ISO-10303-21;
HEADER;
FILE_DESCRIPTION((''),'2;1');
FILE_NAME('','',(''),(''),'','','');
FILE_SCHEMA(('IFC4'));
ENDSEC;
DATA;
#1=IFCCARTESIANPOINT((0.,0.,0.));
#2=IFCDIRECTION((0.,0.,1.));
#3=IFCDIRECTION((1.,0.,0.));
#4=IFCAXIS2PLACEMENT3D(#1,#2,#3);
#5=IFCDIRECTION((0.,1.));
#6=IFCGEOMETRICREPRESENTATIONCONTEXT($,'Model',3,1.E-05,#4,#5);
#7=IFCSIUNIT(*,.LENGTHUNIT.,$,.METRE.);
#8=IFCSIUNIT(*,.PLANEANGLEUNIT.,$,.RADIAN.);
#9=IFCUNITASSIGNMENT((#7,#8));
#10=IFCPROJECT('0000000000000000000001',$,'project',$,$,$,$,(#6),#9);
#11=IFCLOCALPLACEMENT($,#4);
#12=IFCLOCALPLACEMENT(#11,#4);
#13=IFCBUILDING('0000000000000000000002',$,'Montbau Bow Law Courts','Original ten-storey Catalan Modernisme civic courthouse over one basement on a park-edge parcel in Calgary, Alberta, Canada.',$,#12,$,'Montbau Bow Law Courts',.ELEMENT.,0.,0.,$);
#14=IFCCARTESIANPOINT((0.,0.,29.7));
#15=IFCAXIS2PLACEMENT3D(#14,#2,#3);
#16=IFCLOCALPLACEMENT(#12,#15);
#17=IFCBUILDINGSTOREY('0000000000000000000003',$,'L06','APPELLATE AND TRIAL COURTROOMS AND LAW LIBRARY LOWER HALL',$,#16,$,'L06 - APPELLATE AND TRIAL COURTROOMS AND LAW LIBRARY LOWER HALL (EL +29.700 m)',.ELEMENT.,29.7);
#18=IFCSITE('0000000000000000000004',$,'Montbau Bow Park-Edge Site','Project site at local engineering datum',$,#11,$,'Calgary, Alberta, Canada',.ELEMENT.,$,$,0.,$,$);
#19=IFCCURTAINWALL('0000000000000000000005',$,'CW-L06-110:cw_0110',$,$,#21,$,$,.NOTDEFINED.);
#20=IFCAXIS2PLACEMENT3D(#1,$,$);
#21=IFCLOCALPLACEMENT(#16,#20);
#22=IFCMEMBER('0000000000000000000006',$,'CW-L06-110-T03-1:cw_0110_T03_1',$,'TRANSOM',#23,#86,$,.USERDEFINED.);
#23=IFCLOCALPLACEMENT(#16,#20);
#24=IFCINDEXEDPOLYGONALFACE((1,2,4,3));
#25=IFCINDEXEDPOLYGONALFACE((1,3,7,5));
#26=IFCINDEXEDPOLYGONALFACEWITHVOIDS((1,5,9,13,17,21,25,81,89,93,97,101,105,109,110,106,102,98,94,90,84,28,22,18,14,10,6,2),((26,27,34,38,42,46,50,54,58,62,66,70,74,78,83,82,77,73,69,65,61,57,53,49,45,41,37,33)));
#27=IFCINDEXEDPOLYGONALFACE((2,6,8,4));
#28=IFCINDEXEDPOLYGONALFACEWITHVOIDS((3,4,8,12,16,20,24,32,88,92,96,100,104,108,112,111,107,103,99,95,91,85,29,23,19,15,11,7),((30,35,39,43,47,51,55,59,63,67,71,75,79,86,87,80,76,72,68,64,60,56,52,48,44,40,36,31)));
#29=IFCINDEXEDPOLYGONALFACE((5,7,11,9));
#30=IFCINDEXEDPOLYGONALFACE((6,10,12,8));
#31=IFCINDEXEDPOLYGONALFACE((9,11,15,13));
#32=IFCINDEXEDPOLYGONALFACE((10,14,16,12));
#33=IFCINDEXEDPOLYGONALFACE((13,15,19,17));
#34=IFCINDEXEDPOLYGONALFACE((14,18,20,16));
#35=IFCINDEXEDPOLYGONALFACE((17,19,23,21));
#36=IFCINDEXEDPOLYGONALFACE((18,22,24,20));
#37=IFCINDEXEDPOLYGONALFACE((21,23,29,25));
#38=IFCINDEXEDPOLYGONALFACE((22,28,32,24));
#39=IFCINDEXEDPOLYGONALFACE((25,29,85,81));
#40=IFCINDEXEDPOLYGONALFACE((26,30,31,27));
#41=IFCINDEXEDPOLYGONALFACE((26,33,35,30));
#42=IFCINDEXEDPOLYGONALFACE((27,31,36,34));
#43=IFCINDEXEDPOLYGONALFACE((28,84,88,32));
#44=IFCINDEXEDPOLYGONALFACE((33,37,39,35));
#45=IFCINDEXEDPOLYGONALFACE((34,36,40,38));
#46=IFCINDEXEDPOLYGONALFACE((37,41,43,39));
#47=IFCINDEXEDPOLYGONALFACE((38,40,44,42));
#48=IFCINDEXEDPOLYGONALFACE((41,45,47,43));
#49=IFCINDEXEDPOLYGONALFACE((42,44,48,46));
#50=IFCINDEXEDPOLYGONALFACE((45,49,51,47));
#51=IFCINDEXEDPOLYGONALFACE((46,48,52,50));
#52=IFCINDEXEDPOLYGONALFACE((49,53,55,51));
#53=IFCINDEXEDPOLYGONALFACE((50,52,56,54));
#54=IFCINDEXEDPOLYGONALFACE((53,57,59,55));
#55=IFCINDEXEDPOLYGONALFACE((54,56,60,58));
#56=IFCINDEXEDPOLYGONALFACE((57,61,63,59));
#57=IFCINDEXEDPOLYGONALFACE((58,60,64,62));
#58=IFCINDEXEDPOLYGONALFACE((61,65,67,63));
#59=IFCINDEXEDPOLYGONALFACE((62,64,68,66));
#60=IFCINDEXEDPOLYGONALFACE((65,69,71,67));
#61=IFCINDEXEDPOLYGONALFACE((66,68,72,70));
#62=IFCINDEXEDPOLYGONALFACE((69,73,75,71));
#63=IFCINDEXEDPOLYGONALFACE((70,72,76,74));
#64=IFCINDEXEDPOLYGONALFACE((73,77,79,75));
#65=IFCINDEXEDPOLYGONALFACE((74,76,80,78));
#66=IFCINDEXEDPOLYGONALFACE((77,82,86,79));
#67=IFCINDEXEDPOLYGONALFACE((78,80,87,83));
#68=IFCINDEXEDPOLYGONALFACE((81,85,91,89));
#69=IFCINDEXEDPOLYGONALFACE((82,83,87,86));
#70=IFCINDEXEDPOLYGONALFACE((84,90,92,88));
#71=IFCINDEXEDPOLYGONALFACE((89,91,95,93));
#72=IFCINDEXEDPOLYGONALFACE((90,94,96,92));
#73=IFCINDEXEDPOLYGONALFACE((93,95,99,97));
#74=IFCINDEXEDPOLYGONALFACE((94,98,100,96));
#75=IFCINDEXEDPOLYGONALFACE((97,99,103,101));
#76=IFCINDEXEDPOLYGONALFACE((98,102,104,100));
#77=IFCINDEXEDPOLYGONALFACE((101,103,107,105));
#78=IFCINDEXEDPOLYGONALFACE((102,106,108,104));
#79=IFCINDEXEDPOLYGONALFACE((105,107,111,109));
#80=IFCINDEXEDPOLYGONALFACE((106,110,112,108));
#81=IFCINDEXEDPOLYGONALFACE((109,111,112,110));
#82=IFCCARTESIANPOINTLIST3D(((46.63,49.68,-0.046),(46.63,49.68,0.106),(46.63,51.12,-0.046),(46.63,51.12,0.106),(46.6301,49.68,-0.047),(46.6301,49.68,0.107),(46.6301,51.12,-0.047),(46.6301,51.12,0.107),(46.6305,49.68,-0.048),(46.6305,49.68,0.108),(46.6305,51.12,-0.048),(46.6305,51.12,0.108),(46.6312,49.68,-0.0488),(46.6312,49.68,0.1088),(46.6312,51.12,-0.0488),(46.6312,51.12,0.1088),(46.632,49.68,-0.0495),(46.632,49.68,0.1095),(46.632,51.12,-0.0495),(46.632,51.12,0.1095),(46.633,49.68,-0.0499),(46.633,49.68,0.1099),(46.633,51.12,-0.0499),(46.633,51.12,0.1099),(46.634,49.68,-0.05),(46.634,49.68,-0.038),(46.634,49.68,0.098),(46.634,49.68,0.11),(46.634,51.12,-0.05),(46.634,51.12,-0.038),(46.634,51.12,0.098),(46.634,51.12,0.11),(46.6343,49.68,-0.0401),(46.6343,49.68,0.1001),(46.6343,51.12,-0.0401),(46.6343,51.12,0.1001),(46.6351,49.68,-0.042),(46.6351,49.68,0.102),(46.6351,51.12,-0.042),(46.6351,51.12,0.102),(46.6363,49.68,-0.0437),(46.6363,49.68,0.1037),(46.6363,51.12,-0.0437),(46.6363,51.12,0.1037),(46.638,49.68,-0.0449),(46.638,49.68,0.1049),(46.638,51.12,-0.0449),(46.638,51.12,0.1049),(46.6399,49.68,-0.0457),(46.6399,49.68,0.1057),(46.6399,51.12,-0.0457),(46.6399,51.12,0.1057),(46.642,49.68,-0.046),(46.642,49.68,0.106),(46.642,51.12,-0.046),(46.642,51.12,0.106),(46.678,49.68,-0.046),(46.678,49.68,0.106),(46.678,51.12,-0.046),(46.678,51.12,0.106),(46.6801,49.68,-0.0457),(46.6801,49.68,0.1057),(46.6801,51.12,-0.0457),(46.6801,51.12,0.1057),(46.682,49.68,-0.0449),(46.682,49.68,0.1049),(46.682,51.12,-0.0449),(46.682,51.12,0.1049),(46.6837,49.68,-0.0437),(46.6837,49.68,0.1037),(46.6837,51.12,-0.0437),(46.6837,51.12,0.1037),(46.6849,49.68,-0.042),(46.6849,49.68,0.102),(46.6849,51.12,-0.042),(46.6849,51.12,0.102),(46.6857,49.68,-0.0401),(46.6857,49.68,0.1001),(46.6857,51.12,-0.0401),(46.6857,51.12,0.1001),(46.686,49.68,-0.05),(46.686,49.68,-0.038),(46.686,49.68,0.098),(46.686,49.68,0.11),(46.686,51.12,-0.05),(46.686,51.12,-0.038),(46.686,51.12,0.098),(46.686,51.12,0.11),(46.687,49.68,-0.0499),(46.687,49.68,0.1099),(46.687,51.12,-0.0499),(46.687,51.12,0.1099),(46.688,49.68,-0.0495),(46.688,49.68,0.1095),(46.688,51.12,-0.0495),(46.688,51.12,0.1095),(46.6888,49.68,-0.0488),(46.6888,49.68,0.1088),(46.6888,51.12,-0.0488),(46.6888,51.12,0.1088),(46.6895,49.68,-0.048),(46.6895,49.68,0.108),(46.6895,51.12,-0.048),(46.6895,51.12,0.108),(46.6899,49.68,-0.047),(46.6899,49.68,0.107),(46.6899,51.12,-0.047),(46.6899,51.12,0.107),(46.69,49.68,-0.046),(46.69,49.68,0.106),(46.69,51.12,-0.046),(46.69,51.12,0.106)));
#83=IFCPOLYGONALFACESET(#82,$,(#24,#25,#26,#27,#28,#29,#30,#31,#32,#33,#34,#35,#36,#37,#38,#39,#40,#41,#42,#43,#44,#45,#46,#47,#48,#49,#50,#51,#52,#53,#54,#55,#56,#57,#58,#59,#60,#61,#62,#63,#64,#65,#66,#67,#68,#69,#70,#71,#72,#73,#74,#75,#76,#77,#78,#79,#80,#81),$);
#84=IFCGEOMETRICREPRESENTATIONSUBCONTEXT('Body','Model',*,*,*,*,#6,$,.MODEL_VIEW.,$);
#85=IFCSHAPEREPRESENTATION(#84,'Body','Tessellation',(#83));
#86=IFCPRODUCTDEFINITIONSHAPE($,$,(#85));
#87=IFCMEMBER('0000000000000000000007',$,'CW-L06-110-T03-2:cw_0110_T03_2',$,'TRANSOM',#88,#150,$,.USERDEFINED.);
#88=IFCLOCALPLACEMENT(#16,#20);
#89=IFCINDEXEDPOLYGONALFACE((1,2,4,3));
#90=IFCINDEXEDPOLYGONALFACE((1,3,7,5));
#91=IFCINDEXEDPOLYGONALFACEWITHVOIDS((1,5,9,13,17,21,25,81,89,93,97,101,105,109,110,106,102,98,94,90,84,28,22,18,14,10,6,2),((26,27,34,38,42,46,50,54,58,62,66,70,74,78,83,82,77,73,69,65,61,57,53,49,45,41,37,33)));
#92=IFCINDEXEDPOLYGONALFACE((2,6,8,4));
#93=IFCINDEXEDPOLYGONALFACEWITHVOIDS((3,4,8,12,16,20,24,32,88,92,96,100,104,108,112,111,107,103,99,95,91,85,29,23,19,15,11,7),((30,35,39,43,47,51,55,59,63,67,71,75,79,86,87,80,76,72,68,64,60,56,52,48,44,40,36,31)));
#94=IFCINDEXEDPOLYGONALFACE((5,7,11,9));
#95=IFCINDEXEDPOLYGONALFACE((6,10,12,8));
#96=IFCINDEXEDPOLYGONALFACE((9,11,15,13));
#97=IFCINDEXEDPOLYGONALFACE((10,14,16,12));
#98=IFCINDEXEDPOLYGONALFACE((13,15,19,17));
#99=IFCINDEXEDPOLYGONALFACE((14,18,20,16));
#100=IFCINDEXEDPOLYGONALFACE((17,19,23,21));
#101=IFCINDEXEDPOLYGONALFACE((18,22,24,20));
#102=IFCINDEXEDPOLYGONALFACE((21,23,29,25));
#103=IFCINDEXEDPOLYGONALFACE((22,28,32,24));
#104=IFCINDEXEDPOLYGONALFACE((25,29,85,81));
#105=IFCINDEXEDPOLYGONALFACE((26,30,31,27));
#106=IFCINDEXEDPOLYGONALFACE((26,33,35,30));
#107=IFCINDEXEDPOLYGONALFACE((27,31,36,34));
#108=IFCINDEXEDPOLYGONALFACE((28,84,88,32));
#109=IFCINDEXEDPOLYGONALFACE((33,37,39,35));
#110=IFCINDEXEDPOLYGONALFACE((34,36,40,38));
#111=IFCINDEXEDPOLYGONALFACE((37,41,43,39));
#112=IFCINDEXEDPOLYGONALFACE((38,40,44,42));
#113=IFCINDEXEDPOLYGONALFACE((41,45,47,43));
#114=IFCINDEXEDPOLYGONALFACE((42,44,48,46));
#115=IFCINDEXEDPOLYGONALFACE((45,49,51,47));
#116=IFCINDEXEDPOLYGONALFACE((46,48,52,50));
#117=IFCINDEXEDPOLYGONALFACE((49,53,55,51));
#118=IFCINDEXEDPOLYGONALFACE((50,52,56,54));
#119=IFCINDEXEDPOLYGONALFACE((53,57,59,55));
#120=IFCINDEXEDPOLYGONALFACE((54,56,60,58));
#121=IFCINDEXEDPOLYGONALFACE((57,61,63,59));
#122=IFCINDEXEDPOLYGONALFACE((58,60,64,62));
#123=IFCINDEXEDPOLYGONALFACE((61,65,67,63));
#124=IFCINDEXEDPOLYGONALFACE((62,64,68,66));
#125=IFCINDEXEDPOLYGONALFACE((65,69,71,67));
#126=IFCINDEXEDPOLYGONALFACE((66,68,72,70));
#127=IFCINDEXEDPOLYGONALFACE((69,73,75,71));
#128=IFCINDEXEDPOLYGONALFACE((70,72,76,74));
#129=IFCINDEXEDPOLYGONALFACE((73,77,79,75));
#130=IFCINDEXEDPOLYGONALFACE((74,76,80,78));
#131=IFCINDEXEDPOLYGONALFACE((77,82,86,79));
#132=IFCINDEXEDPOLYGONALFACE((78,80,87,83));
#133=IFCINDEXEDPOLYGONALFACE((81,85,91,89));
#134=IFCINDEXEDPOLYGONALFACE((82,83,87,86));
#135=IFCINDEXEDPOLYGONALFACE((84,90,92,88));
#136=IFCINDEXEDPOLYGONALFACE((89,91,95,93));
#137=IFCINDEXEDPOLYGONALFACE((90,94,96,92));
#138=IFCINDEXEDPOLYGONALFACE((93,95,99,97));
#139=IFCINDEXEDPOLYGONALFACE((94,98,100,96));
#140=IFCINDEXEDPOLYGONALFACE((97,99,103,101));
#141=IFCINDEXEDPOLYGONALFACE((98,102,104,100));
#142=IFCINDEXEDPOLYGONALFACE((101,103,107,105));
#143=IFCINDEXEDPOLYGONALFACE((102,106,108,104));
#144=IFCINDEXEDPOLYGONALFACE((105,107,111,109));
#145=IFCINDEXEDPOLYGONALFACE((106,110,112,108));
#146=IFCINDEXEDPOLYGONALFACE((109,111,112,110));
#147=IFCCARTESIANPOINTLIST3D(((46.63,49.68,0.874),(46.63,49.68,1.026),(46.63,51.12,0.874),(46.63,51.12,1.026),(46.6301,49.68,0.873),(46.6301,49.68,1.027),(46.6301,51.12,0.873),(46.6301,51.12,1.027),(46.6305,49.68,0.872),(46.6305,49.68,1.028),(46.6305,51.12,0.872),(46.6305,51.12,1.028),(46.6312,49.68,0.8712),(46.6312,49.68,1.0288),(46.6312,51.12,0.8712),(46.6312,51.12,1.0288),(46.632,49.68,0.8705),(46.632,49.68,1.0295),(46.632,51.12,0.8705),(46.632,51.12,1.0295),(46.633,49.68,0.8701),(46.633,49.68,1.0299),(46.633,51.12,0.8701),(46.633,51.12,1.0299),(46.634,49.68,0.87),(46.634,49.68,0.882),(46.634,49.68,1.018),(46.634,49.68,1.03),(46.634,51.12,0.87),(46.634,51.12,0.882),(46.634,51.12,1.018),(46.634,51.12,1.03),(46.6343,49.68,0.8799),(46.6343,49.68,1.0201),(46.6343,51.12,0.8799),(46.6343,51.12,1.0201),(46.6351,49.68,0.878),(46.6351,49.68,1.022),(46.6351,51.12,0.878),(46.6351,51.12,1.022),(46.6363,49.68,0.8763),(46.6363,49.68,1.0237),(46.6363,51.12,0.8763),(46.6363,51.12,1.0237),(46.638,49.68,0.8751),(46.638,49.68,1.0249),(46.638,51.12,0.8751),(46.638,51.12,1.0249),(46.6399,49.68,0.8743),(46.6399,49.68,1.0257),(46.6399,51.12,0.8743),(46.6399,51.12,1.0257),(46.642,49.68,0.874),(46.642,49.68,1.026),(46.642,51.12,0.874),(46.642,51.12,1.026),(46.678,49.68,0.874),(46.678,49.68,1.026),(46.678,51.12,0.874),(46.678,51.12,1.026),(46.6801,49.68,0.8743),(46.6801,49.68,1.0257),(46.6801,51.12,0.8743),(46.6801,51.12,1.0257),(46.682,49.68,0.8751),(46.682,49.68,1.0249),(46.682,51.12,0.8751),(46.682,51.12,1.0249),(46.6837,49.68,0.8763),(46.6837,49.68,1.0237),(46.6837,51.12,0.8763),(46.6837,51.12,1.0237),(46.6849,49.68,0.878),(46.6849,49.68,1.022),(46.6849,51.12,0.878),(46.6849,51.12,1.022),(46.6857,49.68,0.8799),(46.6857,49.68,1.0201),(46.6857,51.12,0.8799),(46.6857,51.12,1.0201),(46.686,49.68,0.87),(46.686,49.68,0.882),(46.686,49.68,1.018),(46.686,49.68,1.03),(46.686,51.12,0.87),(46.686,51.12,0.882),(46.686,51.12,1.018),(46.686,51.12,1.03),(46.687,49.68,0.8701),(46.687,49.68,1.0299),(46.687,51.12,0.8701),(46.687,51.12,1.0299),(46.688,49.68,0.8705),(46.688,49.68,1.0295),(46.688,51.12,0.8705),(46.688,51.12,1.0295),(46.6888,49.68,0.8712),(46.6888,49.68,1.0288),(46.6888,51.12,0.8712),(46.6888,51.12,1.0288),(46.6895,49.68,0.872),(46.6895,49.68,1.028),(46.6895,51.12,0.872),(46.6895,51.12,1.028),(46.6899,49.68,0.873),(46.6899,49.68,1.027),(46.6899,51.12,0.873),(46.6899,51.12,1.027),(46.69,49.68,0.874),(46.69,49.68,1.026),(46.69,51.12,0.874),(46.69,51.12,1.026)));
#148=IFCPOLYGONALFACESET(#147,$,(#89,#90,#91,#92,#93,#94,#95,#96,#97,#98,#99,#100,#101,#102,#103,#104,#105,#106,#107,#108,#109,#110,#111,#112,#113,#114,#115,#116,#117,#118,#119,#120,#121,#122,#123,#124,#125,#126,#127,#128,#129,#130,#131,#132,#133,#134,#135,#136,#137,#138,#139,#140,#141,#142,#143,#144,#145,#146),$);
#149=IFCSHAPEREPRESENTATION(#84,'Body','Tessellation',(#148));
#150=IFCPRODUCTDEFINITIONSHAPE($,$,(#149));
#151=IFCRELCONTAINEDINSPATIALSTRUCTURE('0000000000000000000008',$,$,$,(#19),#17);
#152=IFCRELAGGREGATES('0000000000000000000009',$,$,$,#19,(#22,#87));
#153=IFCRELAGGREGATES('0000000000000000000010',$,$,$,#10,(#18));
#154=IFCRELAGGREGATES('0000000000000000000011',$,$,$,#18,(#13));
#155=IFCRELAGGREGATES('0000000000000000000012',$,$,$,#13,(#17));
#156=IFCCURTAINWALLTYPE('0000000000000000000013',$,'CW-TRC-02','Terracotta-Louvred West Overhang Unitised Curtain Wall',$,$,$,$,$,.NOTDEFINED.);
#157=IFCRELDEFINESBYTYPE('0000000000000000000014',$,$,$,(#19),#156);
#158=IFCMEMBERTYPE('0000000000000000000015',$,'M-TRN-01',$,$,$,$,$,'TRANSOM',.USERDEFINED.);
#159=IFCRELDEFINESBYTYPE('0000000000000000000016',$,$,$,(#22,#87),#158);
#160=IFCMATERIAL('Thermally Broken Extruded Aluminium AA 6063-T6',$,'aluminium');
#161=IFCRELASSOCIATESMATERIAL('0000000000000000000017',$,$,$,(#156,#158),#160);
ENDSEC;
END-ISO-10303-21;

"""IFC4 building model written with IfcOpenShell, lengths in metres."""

from ifc_helpers import new_model, si_unit, direction, frame, origin_with_axes, origin_2d_with_axis, place, context, subcontext, project, spatial, hollow_rectangle, extrude, material, material_profile, profile_set, type_object, element, aggregate, save


model = new_model("IFC4")

# Units and contexts
model_context = context("Model", 3, precision=1e-05, world=origin_with_axes(), true_north=direction((0.0, 1.0)))
body_context = subcontext(model_context, "Body", "Model", "MODEL_VIEW")
ifc_project = project(units=[si_unit("LENGTHUNIT", "METRE"), si_unit("PLANEANGLEUNIT", "RADIAN")], contexts=[model_context])

# Site, building, storey
site_placement = place(None, origin_with_axes())
site = spatial("IfcSite", under=ifc_project, at=site_placement, Name="Montbau Bow Park-Edge Site", Description="Project site at local engineering datum", LongName="Calgary, Alberta, Canada", CompositionType="ELEMENT", RefElevation=0.0)
building_placement = place(site_placement, origin_with_axes())
building = spatial("IfcBuilding", under=site, at=building_placement, Name="Montbau Bow Law Courts", Description="Original ten-storey Catalan Modernisme civic courthouse over one basement on a park-edge parcel in Calgary, Alberta, Canada.", LongName="Montbau Bow Law Courts", CompositionType="ELEMENT", ElevationOfRefHeight=0.0, ElevationOfTerrain=0.0)
storey_placement = place(building_placement, frame((0.0, 0.0, 29.7), z_axis=(0.0, 0.0, 1.0), x_axis=(1.0, 0.0, 0.0)))
storey = spatial("IfcBuildingStorey", under=building, at=storey_placement, Name="L06", Description="APPELLATE AND TRIAL COURTROOMS AND LAW LIBRARY LOWER HALL", LongName="L06 - APPELLATE AND TRIAL COURTROOMS AND LAW LIBRARY LOWER HALL (EL +29.700 m)", CompositionType="ELEMENT", Elevation=29.7)

# Curtain wall, members
ifc_material_1 = material(Name="Thermally Broken Extruded Aluminium AA 6063-T6", Category="aluminium")
curtain_wall_type = type_object("IfcCurtainWallType", Name="CW-TRC-02", Description="Terracotta-Louvred West Overhang Unitised Curtain Wall", PredefinedType="NOTDEFINED", material=ifc_material_1)
curtain_wall_placement = place(None, frame((46.66, 46.64, 29.7), z_axis=(0.0, 0.0, 1.0), x_axis=(1.0, 0.0, 0.0)))
curtain_wall = element("IfcCurtainWall", 1, at=curtain_wall_placement, inside=storey, type_object=curtain_wall_type, Name="CW-L06-110:cw_0110", PredefinedType="NOTDEFINED")
ifc_material_profile_1 = material_profile(ifc_material_1, hollow_rectangle(XDim=0.06, YDim=0.16, WallThickness=0.004, InnerFilletRadius=0.008, OuterFilletRadius=0.004, at=origin_2d_with_axis()), Name="CWT-160X60", Category="Main", Priority=0)
ifc_profile_set_1 = profile_set([ifc_material_profile_1], Name="Thermally Broken Extruded Aluminium AA 6063-T6")
member_type_1 = type_object("IfcMemberType", Name="M-TRN-01", ElementType="TRANSOM", PredefinedType="USERDEFINED", material=ifc_profile_set_1)
member_1_placement = place(None, frame((46.66, 49.68, 29.73), z_axis=(0.0, 1.0, 0.0), x_axis=(-1.0, 0.0, 0.0)))
member_1 = element("IfcMember", 2, at=member_1_placement, type_object=member_type_1, Name="CW-L06-110-T03-1:cw_0110_T03_1", ObjectType="TRANSOM", PredefinedType="USERDEFINED", context=body_context, shape_type="SweptSolid", body=[
    extrude(hollow_rectangle(XDim=0.06, YDim=0.16, WallThickness=0.004, InnerFilletRadius=0.008, OuterFilletRadius=0.004, at=origin_2d_with_axis()), origin_with_axes(), (0.0, 0.0, 1.0), 1.44),
])
member_2_placement = place(None, frame((46.66, 49.68, 30.65), z_axis=(0.0, 1.0, 0.0), x_axis=(-1.0, 0.0, 0.0)))
member_2 = element("IfcMember", 3, at=member_2_placement, type_object=member_type_1, Name="CW-L06-110-T03-2:cw_0110_T03_2", ObjectType="TRANSOM", PredefinedType="USERDEFINED", context=body_context, shape_type="SweptSolid", body=[
    extrude(hollow_rectangle(XDim=0.06, YDim=0.16, WallThickness=0.004, InnerFilletRadius=0.008, OuterFilletRadius=0.004, at=origin_2d_with_axis()), origin_with_axes(), (0.0, 0.0, 1.0), 1.44),
])
aggregate(curtain_wall, [member_1, member_2])

save(model, "model.ifc")
